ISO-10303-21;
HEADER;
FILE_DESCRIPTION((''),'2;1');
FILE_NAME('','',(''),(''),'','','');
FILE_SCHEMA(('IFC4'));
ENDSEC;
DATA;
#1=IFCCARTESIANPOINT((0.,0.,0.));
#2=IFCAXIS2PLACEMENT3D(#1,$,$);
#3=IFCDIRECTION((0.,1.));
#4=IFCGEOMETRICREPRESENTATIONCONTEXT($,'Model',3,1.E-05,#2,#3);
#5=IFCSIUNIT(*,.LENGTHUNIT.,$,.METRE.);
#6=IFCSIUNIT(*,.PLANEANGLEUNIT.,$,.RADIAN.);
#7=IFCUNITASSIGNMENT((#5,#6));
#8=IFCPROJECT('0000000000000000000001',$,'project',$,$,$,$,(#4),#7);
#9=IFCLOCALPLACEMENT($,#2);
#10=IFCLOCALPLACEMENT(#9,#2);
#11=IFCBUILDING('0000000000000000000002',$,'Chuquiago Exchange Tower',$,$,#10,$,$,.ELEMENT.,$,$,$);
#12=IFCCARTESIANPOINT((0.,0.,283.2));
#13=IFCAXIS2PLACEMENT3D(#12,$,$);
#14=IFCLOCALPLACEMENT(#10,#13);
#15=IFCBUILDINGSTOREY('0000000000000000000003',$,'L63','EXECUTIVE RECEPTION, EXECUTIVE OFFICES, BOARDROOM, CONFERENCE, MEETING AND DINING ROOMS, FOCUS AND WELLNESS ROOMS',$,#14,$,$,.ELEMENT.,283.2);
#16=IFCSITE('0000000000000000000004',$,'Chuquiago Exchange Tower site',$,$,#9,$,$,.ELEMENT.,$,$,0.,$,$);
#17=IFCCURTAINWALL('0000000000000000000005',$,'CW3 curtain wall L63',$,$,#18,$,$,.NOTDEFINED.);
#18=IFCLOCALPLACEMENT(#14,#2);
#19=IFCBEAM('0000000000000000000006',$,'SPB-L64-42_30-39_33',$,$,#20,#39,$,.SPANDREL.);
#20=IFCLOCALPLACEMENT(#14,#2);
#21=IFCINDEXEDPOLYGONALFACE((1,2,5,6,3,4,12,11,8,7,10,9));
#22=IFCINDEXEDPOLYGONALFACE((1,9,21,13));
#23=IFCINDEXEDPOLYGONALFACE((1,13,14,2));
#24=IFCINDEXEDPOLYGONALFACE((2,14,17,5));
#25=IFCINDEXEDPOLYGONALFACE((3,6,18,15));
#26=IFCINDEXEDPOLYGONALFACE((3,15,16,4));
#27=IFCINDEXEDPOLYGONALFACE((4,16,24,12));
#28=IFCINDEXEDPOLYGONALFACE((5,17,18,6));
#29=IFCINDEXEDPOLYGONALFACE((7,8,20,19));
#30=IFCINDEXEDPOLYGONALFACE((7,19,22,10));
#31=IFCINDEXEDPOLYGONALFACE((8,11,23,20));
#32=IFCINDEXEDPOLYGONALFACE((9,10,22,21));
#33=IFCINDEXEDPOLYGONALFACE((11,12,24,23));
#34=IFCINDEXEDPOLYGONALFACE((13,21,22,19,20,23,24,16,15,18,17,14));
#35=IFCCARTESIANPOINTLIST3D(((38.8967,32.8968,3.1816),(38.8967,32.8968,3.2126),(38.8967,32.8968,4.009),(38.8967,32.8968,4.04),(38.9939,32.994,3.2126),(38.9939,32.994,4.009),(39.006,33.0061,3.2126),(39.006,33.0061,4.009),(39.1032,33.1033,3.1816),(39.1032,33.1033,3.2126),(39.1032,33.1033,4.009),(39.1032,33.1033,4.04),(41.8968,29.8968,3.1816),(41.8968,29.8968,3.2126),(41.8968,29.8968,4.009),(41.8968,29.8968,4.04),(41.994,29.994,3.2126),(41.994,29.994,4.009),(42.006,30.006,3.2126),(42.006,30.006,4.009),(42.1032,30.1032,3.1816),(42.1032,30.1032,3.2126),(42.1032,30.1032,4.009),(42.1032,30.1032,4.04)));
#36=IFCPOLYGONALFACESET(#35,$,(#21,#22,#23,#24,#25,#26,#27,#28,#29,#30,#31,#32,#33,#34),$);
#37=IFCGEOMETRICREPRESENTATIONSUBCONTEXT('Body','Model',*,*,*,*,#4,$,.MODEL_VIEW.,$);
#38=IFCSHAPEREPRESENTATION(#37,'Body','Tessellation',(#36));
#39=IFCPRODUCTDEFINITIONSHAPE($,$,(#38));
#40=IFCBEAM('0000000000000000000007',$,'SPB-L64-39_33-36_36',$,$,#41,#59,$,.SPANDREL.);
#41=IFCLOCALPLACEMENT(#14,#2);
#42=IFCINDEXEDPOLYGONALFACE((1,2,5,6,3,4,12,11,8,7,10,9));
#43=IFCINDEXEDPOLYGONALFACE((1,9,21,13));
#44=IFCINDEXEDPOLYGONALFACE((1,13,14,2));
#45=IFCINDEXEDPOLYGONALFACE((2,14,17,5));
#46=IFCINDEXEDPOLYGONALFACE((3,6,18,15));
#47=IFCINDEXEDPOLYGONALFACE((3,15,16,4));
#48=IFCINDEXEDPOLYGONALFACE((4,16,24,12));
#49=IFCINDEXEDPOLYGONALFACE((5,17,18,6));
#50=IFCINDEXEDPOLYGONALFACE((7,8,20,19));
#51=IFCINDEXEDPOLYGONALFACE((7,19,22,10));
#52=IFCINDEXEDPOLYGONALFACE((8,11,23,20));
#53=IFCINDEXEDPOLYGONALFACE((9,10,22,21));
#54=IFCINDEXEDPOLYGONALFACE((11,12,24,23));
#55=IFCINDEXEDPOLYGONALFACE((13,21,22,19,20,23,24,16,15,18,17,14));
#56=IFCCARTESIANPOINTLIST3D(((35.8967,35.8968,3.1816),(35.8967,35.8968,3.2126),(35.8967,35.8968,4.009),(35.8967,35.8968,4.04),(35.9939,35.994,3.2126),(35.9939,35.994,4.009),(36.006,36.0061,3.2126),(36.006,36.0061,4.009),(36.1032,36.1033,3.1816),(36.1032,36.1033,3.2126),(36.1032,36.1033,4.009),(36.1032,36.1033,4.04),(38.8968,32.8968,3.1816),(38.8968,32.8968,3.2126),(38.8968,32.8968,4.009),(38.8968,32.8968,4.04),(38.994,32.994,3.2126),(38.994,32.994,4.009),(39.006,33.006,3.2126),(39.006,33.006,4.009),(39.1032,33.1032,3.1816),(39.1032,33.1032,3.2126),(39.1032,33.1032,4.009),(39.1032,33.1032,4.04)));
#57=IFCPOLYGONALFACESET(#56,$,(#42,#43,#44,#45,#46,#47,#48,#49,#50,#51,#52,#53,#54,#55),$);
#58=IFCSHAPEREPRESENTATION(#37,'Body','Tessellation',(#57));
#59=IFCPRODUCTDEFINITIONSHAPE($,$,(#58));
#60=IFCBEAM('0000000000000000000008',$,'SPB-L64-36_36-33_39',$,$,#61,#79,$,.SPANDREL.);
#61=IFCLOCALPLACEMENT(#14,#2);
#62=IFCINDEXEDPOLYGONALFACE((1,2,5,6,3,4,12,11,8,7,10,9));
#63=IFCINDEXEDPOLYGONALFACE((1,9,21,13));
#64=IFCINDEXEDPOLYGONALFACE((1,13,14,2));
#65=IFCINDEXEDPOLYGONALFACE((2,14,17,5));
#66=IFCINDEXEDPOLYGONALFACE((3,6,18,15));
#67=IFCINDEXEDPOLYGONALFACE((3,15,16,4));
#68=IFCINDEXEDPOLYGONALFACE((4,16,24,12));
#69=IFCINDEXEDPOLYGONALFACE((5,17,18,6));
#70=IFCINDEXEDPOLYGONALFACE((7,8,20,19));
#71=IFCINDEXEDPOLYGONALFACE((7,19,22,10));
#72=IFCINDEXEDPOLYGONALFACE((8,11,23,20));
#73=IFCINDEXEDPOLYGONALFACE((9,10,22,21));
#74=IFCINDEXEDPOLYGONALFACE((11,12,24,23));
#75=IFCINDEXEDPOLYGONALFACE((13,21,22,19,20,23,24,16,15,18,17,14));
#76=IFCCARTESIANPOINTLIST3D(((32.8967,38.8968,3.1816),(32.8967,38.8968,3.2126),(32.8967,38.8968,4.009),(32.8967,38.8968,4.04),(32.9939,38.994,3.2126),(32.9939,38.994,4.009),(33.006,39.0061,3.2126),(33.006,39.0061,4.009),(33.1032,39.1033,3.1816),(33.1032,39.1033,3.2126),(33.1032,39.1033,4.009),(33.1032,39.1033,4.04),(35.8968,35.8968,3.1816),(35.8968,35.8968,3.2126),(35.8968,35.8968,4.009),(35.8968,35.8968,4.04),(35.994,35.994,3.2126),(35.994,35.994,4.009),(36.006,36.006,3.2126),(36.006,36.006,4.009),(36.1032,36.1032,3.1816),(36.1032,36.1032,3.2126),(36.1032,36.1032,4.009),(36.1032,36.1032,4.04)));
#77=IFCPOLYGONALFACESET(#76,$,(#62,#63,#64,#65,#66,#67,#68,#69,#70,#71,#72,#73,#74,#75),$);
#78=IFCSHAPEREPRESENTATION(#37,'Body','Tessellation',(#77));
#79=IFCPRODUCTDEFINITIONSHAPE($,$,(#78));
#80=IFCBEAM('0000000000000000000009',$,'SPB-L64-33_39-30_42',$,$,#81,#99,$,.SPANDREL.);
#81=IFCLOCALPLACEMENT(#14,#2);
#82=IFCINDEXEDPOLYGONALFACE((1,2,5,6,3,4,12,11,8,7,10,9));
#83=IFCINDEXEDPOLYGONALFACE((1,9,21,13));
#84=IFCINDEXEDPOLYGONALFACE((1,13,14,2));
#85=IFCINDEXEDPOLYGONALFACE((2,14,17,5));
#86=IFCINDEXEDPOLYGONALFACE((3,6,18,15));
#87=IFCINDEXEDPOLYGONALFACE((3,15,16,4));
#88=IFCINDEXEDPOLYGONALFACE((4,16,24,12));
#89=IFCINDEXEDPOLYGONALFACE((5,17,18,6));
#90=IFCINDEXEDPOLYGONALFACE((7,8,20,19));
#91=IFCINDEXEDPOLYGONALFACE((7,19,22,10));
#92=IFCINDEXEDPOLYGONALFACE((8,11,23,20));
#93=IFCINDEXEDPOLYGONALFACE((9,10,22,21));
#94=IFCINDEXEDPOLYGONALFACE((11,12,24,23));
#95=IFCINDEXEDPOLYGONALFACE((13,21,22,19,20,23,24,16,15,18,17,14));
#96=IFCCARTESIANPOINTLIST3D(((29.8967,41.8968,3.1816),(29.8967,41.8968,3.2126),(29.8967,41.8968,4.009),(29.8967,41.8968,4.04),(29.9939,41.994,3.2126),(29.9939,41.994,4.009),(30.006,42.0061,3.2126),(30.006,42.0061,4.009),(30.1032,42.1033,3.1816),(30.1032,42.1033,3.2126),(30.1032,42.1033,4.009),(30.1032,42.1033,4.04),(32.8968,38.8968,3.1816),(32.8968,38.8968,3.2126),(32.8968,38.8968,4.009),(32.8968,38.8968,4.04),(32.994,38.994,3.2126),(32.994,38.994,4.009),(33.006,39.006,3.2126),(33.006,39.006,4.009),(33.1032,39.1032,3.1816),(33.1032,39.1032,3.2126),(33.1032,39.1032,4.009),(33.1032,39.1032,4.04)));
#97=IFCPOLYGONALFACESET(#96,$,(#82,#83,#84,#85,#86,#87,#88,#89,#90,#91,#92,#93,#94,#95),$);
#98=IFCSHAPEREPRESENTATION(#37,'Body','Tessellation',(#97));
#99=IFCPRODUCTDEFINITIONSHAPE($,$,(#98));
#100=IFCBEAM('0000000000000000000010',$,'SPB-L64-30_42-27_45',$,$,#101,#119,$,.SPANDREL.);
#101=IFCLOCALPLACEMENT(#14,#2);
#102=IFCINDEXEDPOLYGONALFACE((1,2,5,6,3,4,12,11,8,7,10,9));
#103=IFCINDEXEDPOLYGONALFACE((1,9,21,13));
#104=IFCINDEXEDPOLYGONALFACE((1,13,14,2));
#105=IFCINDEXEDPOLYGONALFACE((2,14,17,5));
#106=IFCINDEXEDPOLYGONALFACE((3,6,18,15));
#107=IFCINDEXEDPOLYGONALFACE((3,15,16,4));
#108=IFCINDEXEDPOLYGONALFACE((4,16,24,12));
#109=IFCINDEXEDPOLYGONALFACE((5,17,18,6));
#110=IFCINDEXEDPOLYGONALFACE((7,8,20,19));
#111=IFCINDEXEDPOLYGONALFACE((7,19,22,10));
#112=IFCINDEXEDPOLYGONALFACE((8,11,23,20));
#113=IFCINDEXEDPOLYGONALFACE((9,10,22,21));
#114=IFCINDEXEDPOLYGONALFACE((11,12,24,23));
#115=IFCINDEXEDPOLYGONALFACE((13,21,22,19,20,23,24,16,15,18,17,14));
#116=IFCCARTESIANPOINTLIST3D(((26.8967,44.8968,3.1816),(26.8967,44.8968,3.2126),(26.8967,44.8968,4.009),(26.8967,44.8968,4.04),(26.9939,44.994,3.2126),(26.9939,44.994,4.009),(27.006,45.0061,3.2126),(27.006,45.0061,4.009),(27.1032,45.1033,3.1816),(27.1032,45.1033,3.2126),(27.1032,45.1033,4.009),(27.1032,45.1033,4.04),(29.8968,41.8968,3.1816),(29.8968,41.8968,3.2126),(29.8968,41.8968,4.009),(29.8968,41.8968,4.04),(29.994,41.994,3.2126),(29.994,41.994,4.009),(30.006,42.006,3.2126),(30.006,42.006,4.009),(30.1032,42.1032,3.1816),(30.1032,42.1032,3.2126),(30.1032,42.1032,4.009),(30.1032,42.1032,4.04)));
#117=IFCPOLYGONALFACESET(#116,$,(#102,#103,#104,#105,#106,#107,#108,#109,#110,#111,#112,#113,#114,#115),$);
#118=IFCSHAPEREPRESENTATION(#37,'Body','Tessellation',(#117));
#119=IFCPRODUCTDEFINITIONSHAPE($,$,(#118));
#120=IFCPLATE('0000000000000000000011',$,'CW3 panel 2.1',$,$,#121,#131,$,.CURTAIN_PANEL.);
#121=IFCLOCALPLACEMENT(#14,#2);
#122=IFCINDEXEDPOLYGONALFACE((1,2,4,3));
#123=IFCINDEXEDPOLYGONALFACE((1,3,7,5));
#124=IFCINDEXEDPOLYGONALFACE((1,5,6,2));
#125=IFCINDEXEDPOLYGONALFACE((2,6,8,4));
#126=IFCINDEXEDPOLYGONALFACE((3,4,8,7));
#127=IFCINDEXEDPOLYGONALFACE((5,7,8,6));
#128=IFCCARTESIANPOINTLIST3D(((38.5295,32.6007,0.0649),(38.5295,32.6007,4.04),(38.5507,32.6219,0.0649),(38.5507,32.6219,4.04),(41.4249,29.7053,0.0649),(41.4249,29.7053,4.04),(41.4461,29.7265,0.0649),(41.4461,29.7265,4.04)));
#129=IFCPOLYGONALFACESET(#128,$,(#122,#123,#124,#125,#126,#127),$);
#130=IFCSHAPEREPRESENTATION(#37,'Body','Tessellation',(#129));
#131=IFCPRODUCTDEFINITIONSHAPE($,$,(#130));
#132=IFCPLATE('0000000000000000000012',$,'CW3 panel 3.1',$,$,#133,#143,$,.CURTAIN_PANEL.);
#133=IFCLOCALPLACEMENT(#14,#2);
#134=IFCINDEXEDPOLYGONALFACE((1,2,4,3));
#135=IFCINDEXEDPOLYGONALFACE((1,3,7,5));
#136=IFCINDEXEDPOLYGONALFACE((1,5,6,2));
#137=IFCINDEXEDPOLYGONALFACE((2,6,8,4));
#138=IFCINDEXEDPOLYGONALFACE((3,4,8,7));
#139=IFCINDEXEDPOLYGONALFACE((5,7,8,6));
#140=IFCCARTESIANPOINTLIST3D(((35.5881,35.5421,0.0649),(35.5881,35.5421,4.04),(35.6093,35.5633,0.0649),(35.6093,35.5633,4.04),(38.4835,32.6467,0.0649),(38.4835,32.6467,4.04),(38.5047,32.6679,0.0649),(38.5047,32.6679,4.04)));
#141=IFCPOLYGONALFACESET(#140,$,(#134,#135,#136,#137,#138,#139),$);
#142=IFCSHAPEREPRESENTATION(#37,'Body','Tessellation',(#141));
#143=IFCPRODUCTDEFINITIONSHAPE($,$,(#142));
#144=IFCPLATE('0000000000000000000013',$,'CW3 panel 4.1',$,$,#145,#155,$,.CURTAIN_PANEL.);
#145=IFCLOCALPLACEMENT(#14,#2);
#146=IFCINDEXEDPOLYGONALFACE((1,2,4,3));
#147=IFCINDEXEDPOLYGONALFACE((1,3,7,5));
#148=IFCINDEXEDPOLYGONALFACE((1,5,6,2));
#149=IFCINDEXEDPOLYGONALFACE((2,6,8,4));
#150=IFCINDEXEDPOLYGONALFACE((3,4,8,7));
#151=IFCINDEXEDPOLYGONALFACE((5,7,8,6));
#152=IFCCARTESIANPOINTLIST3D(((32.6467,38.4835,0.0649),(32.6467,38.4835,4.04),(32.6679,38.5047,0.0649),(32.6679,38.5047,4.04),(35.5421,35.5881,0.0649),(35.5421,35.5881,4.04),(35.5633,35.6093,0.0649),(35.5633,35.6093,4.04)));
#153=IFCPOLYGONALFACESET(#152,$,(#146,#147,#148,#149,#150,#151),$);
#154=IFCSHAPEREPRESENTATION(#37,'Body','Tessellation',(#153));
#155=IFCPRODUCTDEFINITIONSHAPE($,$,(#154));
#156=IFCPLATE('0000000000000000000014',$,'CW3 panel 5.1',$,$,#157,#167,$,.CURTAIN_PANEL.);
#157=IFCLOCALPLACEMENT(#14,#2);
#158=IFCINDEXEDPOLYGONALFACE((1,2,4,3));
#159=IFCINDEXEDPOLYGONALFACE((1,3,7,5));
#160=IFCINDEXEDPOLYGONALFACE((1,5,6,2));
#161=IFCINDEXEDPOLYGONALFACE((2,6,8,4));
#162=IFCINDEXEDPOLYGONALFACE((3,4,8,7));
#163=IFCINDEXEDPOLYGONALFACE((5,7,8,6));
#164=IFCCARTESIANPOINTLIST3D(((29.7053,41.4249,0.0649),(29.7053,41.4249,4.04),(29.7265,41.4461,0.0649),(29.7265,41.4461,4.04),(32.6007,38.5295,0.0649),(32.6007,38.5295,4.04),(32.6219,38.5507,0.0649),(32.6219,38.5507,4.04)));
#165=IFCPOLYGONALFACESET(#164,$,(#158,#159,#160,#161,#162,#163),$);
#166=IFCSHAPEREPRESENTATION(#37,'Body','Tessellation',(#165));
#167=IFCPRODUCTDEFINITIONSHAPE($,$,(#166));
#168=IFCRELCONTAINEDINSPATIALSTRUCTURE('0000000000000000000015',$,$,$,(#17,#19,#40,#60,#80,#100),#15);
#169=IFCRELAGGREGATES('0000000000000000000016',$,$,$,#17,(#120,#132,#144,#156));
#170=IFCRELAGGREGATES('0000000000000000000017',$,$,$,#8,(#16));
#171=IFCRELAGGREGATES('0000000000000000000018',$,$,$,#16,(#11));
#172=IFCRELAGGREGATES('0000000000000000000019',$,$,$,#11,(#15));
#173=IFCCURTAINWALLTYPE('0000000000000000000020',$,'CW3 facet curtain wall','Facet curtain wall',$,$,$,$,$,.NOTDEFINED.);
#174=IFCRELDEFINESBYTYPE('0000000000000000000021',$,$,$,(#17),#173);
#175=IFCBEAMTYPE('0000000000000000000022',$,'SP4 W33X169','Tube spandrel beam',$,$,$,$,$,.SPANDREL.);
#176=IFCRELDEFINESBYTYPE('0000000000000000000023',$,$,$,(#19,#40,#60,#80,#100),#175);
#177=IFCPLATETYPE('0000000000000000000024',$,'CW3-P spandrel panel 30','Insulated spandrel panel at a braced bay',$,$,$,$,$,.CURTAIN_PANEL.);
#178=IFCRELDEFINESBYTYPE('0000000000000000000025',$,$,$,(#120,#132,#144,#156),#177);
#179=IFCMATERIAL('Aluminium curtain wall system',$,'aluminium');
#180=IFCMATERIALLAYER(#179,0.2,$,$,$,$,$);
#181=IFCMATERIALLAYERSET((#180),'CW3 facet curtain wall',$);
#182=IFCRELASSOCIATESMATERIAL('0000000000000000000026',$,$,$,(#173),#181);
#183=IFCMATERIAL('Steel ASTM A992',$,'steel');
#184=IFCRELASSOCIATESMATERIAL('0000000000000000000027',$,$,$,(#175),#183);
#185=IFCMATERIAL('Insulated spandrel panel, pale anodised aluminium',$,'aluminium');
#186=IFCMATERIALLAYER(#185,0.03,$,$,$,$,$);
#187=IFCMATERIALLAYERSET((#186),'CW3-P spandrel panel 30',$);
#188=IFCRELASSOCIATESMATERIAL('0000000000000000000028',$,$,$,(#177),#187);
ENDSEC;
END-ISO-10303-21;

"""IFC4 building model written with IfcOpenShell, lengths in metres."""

from ifc_helpers import new_model, si_unit, direction, frame, origin, origin_2d, place, context, subcontext, project, spatial, rectangle, i_section, extrude, material, layer, layer_set, material_profile, profile_set, type_object, element, aggregate, save


model = new_model("IFC4")

# Units and contexts
model_context = context("Model", 3, precision=1e-05, world=origin(), true_north=direction((0.0, 1.0)))
body_context = subcontext(model_context, "Body", "Model", "MODEL_VIEW")
ifc_project = project(units=[si_unit("LENGTHUNIT", "METRE"), si_unit("PLANEANGLEUNIT", "RADIAN")], contexts=[model_context])

# Site, building, storey
site_placement = place(None, origin())
site = spatial("IfcSite", under=ifc_project, at=site_placement, Name="Chuquiago Exchange Tower site", CompositionType="ELEMENT", RefElevation=0.0)
building_placement = place(site_placement, origin())
building = spatial("IfcBuilding", under=site, at=building_placement, Name="Chuquiago Exchange Tower", CompositionType="ELEMENT")
storey_placement = place(building_placement, frame((0.0, 0.0, 283.2)))
storey = spatial("IfcBuildingStorey", under=building, at=storey_placement, Name="L63", Description="EXECUTIVE RECEPTION, EXECUTIVE OFFICES, BOARDROOM, CONFERENCE, MEETING AND DINING ROOMS, FOCUS AND WELLNESS ROOMS", CompositionType="ELEMENT", Elevation=283.2)

# Curtain wall
ifc_material_1 = material(Name="Aluminium curtain wall system", Category="aluminium")
ifc_layer_1 = layer(ifc_material_1, 0.2)
ifc_layer_set_1 = layer_set([ifc_layer_1], Name="CW3 facet curtain wall")
curtain_wall_type = type_object("IfcCurtainWallType", Name="CW3 facet curtain wall", Description="Facet curtain wall", PredefinedType="NOTDEFINED", material=ifc_layer_set_1)
curtain_wall_placement = place(storey_placement, origin())
curtain_wall = element("IfcCurtainWall", 1, at=curtain_wall_placement, inside=storey, type_object=curtain_wall_type, Name="CW3 curtain wall L63", PredefinedType="NOTDEFINED")

# Beams
ifc_material_2 = material(Name="Steel ASTM A992", Category="steel")
ifc_material_profile_1 = material_profile(ifc_material_2, i_section(OverallWidth=0.292, OverallDepth=0.8584, WebThickness=0.0171, FlangeThickness=0.031, at=origin_2d()), Name="W33X169")
ifc_profile_set_1 = profile_set([ifc_material_profile_1], Name="Steel ASTM A992")
beam_type_1 = type_object("IfcBeamType", Name="SP4 W33X169", Description="Tube spandrel beam", PredefinedType="SPANDREL", material=ifc_profile_set_1)
for number, where, z_axis, x_axis, name in (
    (2, (42.0, 30.0, 3.6108), (-0.707107, 0.707107, 0.0), (-0.707107, -0.707107, 0.0), "SPB-L64-42_30-39_33"),
    (3, (39.0, 33.0, 3.6108), (-0.707107, 0.707107, 0.0), (-0.707107, -0.707107, 0.0), "SPB-L64-39_33-36_36"),
    (4, (36.0, 36.0, 3.6108), (-0.707107, 0.707107, 0.0), (-0.707107, -0.707107, 0.0), "SPB-L64-36_36-33_39"),
    (5, (33.0, 39.0, 3.6108), (-0.707107, 0.707107, 0.0), (-0.707107, -0.707107, 0.0), "SPB-L64-33_39-30_42"),
    (6, (30.0, 42.0, 3.6108), (-0.707107, 0.707107, 0.0), (-0.707107, -0.707107, 0.0), "SPB-L64-30_42-27_45"),
):
    element("IfcBeam", number, at=place(storey_placement, frame(where, z_axis=z_axis, x_axis=x_axis)), inside=storey, type_object=beam_type_1, Name=name, PredefinedType="SPANDREL", context=body_context, shape_type="SweptSolid", body=[
        extrude(i_section(OverallWidth=0.292, OverallDepth=0.8584, WebThickness=0.0171, FlangeThickness=0.031, at=origin_2d()), origin(), (0.0, 0.0, 1.0), 4.2427),
    ])

# Plates
ifc_material_3 = material(Name="Insulated spandrel panel, pale anodised aluminium", Category="aluminium")
ifc_layer_2 = layer(ifc_material_3, 0.03)
ifc_layer_set_2 = layer_set([ifc_layer_2], Name="CW3-P spandrel panel 30")
plate_type = type_object("IfcPlateType", Name="CW3-P spandrel panel 30", Description="Insulated spandrel panel at a braced bay", PredefinedType="CURTAIN_PANEL", material=ifc_layer_set_2)
plate_1_placement = place(storey_placement, frame((39.9878, 31.1636, 0.0649), z_axis=(0.0, 0.0, 1.0), x_axis=(-0.707107, 0.707107, 0.0)))
plate_1 = element("IfcPlate", 7, at=plate_1_placement, type_object=plate_type, Name="CW3 panel 2.1", PredefinedType="CURTAIN_PANEL", context=body_context, shape_type="SweptSolid", body=[
    extrude(rectangle(XDim=4.0947, YDim=0.03, at=origin_2d()), origin(), (0.0, 0.0, 1.0), 3.9751),
])
plate_2_placement = place(storey_placement, frame((37.0464, 34.105, 0.0649), z_axis=(0.0, 0.0, 1.0), x_axis=(-0.707107, 0.707107, 0.0)))
plate_2 = element("IfcPlate", 8, at=plate_2_placement, type_object=plate_type, Name="CW3 panel 3.1", PredefinedType="CURTAIN_PANEL", context=body_context, shape_type="SweptSolid", body=[
    extrude(rectangle(XDim=4.0947, YDim=0.03, at=origin_2d()), origin(), (0.0, 0.0, 1.0), 3.9751),
])
plate_3_placement = place(storey_placement, frame((34.105, 37.0464, 0.0649), z_axis=(0.0, 0.0, 1.0), x_axis=(-0.707107, 0.707107, 0.0)))
plate_3 = element("IfcPlate", 9, at=plate_3_placement, type_object=plate_type, Name="CW3 panel 4.1", PredefinedType="CURTAIN_PANEL", context=body_context, shape_type="SweptSolid", body=[
    extrude(rectangle(XDim=4.0947, YDim=0.03, at=origin_2d()), origin(), (0.0, 0.0, 1.0), 3.9751),
])
plate_4_placement = place(storey_placement, frame((31.1636, 39.9878, 0.0649), z_axis=(0.0, 0.0, 1.0), x_axis=(-0.707107, 0.707107, 0.0)))
plate_4 = element("IfcPlate", 10, at=plate_4_placement, type_object=plate_type, Name="CW3 panel 5.1", PredefinedType="CURTAIN_PANEL", context=body_context, shape_type="SweptSolid", body=[
    extrude(rectangle(XDim=4.0947, YDim=0.03, at=origin_2d()), origin(), (0.0, 0.0, 1.0), 3.9751),
])
aggregate(curtain_wall, [plate_1, plate_2, plate_3, plate_4])

save(model, "model.ifc")
